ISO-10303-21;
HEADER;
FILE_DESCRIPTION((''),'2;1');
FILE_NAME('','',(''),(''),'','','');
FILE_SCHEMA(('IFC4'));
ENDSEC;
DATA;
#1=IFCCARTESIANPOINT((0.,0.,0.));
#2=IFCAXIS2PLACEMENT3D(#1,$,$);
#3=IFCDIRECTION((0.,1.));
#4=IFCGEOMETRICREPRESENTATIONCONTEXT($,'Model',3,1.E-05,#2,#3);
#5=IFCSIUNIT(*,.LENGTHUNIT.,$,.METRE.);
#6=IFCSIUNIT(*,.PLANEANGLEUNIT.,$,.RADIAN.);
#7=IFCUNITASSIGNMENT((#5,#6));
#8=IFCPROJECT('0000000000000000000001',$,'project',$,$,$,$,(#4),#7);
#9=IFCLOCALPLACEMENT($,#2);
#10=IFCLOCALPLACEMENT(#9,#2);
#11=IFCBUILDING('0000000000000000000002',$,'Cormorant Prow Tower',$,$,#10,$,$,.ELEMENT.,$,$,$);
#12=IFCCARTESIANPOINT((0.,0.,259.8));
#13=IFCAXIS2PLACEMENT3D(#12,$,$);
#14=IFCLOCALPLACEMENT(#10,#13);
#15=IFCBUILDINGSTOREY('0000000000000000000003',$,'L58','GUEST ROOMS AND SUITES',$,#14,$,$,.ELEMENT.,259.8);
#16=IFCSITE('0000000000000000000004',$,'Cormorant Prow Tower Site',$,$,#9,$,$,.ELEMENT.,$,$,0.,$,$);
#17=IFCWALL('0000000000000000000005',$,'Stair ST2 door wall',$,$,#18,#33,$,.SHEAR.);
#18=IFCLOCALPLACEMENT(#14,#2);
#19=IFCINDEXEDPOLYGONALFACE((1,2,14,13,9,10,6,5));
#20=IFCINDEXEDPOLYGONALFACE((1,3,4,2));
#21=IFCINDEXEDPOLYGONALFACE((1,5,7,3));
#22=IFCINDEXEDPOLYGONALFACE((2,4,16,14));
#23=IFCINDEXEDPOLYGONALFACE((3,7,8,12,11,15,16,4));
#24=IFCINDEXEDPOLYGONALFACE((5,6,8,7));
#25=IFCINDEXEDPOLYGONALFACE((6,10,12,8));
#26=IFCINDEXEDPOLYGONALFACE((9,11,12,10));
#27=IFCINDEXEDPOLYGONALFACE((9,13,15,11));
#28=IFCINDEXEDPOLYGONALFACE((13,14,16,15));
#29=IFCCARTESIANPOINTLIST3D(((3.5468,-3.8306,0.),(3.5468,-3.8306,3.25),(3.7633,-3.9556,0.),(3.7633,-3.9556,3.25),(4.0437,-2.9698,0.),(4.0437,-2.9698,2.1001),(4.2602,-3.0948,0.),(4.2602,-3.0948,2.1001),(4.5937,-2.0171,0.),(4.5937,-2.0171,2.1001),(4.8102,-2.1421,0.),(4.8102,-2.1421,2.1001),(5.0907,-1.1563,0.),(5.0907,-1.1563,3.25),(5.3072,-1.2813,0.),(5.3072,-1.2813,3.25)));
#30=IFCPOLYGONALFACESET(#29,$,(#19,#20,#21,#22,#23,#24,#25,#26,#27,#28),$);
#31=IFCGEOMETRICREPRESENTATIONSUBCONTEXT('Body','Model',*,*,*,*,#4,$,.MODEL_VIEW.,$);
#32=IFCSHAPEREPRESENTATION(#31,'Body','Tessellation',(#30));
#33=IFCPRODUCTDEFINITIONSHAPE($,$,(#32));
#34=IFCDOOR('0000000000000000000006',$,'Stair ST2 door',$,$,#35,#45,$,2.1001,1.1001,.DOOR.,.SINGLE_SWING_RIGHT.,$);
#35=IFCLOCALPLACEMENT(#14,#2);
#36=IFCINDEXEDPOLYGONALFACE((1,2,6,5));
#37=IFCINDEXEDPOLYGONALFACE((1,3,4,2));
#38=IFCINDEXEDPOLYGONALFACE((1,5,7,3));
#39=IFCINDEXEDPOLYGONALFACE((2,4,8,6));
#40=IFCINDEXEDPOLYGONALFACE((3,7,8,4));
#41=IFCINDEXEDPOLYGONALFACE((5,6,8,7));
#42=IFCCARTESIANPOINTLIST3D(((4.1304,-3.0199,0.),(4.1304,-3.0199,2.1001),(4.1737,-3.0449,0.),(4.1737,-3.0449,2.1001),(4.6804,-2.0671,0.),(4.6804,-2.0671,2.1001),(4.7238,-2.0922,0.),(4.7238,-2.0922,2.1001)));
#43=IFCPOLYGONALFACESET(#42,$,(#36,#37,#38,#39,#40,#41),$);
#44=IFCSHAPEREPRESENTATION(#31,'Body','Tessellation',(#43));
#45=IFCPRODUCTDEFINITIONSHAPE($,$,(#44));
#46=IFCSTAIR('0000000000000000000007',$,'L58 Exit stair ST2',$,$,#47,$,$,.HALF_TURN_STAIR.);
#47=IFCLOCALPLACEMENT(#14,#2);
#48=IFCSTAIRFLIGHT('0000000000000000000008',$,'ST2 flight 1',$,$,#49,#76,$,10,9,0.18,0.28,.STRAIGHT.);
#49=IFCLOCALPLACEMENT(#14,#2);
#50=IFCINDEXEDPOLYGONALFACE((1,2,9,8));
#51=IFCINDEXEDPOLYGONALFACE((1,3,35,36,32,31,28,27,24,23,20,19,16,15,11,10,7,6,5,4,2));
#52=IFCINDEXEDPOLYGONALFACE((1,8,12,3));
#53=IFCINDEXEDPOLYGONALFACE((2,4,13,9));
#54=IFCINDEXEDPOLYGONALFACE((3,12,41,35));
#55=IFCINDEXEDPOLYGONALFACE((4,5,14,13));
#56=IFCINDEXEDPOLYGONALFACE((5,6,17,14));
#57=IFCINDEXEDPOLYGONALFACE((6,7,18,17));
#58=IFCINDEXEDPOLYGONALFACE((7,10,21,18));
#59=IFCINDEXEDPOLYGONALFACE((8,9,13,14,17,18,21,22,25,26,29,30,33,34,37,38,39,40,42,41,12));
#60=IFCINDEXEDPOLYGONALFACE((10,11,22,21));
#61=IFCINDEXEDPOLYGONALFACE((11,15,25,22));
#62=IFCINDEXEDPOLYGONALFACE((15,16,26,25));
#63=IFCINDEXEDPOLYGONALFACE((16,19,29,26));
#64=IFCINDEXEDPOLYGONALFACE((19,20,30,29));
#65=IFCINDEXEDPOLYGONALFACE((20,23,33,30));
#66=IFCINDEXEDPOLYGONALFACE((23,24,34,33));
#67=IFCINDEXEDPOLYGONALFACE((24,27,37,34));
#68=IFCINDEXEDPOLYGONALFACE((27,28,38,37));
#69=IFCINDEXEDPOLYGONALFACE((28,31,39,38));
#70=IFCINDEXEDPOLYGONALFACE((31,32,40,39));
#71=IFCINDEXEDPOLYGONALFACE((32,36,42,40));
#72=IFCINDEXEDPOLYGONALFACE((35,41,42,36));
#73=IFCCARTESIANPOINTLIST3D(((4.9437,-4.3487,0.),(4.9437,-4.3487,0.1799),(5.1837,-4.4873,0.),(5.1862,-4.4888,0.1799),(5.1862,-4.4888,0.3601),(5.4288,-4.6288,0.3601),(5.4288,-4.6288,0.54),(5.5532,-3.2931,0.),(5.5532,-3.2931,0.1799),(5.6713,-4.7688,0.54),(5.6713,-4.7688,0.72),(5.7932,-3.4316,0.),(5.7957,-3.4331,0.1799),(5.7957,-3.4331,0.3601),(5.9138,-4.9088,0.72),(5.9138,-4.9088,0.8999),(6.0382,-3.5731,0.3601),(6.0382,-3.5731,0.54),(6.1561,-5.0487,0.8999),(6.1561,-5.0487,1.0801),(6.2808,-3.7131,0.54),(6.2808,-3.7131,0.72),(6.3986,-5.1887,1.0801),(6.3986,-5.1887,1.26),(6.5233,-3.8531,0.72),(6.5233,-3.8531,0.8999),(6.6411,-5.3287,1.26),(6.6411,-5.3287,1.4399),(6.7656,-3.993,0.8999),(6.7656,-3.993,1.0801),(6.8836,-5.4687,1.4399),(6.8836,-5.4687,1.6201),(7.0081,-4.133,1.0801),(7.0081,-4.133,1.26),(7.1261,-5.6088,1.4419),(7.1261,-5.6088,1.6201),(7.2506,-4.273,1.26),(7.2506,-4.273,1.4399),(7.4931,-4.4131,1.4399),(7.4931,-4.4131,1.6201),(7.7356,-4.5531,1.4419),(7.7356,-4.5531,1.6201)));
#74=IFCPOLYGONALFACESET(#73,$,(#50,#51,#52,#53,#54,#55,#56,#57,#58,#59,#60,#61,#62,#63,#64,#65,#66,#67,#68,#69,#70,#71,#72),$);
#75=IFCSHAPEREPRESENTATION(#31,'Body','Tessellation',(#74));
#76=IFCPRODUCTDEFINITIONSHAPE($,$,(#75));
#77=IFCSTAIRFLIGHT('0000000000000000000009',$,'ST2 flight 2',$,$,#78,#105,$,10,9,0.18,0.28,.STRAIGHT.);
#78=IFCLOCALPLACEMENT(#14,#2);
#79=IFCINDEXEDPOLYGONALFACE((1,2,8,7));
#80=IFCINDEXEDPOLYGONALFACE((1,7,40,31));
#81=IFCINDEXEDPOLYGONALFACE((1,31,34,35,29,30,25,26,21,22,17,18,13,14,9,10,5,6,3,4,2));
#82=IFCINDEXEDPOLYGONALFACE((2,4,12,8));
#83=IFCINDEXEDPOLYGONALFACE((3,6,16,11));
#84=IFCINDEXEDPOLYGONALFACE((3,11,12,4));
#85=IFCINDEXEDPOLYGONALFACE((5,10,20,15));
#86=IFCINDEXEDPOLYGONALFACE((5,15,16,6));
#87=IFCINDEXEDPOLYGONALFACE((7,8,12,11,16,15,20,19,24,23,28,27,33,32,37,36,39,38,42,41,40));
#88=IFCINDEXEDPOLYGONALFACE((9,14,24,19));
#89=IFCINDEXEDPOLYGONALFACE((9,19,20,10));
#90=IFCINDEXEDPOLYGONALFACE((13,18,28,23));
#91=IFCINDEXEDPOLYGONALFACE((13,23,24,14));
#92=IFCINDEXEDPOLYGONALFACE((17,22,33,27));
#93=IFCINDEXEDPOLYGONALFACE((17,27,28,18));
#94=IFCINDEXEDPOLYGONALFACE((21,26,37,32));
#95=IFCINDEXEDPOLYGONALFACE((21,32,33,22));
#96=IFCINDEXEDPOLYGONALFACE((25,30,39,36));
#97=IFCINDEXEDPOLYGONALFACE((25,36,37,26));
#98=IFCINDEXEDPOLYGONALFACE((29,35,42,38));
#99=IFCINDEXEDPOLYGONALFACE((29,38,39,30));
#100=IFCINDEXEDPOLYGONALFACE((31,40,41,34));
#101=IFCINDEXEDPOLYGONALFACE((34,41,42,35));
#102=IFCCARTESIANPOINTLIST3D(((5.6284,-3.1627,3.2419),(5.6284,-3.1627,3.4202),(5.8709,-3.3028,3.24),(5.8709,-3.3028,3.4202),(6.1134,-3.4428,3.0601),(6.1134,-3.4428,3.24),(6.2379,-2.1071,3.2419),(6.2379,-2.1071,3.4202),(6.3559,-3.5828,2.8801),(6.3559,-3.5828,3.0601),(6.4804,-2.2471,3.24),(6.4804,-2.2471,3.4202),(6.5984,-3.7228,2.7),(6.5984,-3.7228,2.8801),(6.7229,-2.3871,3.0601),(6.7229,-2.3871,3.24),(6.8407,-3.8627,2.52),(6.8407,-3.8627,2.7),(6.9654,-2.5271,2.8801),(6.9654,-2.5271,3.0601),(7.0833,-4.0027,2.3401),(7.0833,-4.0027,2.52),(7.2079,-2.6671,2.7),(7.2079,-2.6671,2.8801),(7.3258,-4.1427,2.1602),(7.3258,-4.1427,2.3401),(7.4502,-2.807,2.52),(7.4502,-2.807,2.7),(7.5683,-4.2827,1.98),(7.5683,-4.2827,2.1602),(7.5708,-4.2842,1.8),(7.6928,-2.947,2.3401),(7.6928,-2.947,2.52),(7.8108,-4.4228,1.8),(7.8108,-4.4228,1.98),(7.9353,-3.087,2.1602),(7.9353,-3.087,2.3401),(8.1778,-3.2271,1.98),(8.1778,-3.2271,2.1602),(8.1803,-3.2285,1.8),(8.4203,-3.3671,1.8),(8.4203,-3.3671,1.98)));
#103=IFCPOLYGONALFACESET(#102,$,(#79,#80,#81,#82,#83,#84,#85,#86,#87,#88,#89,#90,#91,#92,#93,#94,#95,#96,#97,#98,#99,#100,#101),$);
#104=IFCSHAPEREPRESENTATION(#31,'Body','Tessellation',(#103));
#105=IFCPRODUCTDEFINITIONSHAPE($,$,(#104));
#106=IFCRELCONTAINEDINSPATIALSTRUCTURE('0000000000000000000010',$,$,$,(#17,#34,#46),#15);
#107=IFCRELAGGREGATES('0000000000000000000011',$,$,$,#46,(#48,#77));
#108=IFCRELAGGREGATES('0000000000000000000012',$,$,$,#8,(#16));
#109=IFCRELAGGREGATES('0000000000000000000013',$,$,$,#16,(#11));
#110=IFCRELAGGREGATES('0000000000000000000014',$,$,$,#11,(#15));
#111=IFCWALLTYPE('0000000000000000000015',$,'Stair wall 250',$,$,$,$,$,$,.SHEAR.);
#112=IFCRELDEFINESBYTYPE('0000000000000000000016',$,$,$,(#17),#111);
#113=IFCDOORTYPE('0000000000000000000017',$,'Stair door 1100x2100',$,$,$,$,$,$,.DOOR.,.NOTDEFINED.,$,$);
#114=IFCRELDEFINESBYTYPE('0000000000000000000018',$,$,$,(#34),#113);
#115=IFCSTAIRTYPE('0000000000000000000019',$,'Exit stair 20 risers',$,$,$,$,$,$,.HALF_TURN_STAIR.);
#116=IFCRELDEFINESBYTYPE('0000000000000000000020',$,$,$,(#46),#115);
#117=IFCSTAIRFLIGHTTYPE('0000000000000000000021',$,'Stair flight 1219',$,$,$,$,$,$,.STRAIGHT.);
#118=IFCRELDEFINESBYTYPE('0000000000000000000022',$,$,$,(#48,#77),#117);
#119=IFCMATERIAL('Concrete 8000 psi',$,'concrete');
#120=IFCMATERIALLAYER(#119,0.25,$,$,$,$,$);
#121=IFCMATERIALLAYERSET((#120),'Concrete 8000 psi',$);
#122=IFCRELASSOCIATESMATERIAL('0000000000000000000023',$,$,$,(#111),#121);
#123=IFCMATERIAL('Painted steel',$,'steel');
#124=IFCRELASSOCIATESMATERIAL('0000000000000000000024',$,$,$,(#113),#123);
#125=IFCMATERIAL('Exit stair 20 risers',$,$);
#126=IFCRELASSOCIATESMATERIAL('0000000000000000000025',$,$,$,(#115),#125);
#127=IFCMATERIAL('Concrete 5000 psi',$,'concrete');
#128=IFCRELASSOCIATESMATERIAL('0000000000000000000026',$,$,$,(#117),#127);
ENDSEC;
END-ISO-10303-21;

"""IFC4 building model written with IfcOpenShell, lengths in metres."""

from ifc_helpers import new_model, si_unit, direction, frame, frame_2d, origin, place, context, subcontext, project, spatial, polyline, rectangle, outline, extrude, material, layer, layer_set, type_object, element, fill, aggregate, save


model = new_model("IFC4")

# Units and contexts
model_context = context("Model", 3, precision=1e-05, world=origin(), true_north=direction((0.0, 1.0)))
body_context = subcontext(model_context, "Body", "Model", "MODEL_VIEW")
ifc_project = project(units=[si_unit("LENGTHUNIT", "METRE"), si_unit("PLANEANGLEUNIT", "RADIAN")], contexts=[model_context])

# Site, building, storey
site_placement = place(None, origin())
site = spatial("IfcSite", under=ifc_project, at=site_placement, Name="Cormorant Prow Tower Site", CompositionType="ELEMENT", RefElevation=0.0)
building_placement = place(site_placement, origin())
building = spatial("IfcBuilding", under=site, at=building_placement, Name="Cormorant Prow Tower", CompositionType="ELEMENT")
storey_placement = place(building_placement, frame((0.0, 0.0, 259.8)))
storey = spatial("IfcBuildingStorey", under=building, at=storey_placement, Name="L58", Description="GUEST ROOMS AND SUITES", CompositionType="ELEMENT", Elevation=259.8)

# Wall, opening, door
ifc_material_1 = material(Name="Concrete 8000 psi", Category="concrete")
ifc_layer_1 = layer(ifc_material_1, 0.25)
ifc_layer_set_1 = layer_set([ifc_layer_1], Name="Concrete 8000 psi")
wall_type_1 = type_object("IfcWallType", Name="Stair wall 250", PredefinedType="SHEAR", material=ifc_layer_set_1)
wall_1_placement = place(storey_placement, frame((3.655, -3.8931, 0.0), z_axis=(0.0, 0.0, 1.0), x_axis=(0.499983, 0.866035, 0.0)))
wall_1 = element("IfcWall", 1, at=wall_1_placement, inside=storey, type_object=wall_type_1, Name="Stair ST2 door wall", PredefinedType="SHEAR", context=body_context, shape_type="SweptSolid", body=[
    extrude(rectangle(XDim=3.0879, YDim=0.25, at=frame_2d((1.5439, 0.0))), origin(), (0.0, 0.0, 1.0), 3.25),
])
opening_1_placement = place(wall_1_placement, frame((0.9939, 0.0, 0.0)))
opening_1 = element("IfcOpeningElement", 2, at=opening_1_placement, cuts=wall_1, PredefinedType="OPENING", context=body_context, shape_type="SweptSolid", body=[
    extrude(rectangle(XDim=1.1001, YDim=2.1001, at=frame_2d((0.55, 1.05))), frame((0.0, 0.135, 0.0), z_axis=(0.0, -1.0, 0.0), x_axis=(1.0, 0.0, 0.0)), (0.0, 0.0, 1.0), 0.27),
])
ifc_material_2 = material(Name="Painted steel", Category="steel")
door_type_1 = type_object("IfcDoorType", Name="Stair door 1100x2100", OperationType="NOTDEFINED", PredefinedType="DOOR", material=ifc_material_2)
door_1_placement = place(opening_1_placement, origin())
door_1 = element("IfcDoor", 3, at=door_1_placement, inside=storey, type_object=door_type_1, Name="Stair ST2 door", OperationType="SINGLE_SWING_RIGHT", OverallHeight=2.1001, OverallWidth=1.1001, PredefinedType="DOOR", context=body_context, shape_type="SweptSolid", body=[
    extrude(rectangle(XDim=1.1001, YDim=2.1001, at=frame_2d((0.55, 1.05))), frame((0.0, 0.0249, 0.0), z_axis=(0.0, -1.0, 0.0), x_axis=(1.0, 0.0, 0.0)), (0.0, 0.0, 1.0), 0.05),
])
fill(opening_1, door_1)

# Stair, stair flights
ifc_material_3 = material(Name="Exit stair 20 risers")
stair_type = type_object("IfcStairType", Name="Exit stair 20 risers", PredefinedType="HALF_TURN_STAIR", material=ifc_material_3)
stair_placement = place(storey_placement, origin())
stair = element("IfcStair", 4, at=stair_placement, inside=storey, type_object=stair_type, Name="L58 Exit stair ST2", PredefinedType="HALF_TURN_STAIR")
ifc_material_4 = material(Name="Concrete 5000 psi", Category="concrete")
stair_flight_type = type_object("IfcStairFlightType", Name="Stair flight 1219", PredefinedType="STRAIGHT", material=ifc_material_4)
stair_flight_1_placement = place(storey_placement, frame((5.2485, -3.8208, 0.0), z_axis=(0.0, 0.0, 1.0), x_axis=(0.866025, -0.5, 0.0)))
stair_flight_1 = element("IfcStairFlight", 5, at=stair_flight_1_placement, type_object=stair_flight_type, Name="ST2 flight 1", NumberOfRisers=10, NumberOfTreads=9, PredefinedType="STRAIGHT", RiserHeight=0.18, TreadLength=0.28, context=body_context, shape_type="SweptSolid", body=[
    extrude(outline(polyline([(0.0, 0.0), (0.0, 0.1799), (0.28, 0.1799), (0.28, 0.3601), (0.5601, 0.3601), (0.5601, 0.54), (0.8401, 0.54), (0.8401, 0.72), (1.1201, 0.72), (1.1201, 0.8999), (1.3999, 0.8999), (1.3999, 1.0801), (1.6799, 1.0801), (1.6799, 1.26), (1.96, 1.26), (1.96, 1.4399), (2.24, 1.4399), (2.24, 1.6201), (2.52, 1.6201), (2.52, 1.8), (2.52, 1.4419), (0.2771, 0.0), (0.0, 0.0)])), frame((0.0, 0.6094, 0.0), z_axis=(0.0, -1.0, 0.0), x_axis=(1.0, 0.0, 0.0)), (0.0, 0.0, 1.0), 1.219),
])
stair_flight_2_placement = place(storey_placement, frame((8.1155, -3.895, 1.8), z_axis=(0.0, 0.0, 1.0), x_axis=(-0.866025, 0.5, 0.0)))
stair_flight_2 = element("IfcStairFlight", 6, at=stair_flight_2_placement, type_object=stair_flight_type, Name="ST2 flight 2", NumberOfRisers=10, NumberOfTreads=9, PredefinedType="STRAIGHT", RiserHeight=0.18, TreadLength=0.28, context=body_context, shape_type="SweptSolid", body=[
    extrude(outline(polyline([(0.0, 0.0), (0.0, 0.1799), (0.28, 0.1799), (0.28, 0.3601), (0.5601, 0.3601), (0.5601, 0.54), (0.8401, 0.54), (0.8401, 0.72), (1.1201, 0.72), (1.1201, 0.8999), (1.3999, 0.8999), (1.3999, 1.0801), (1.6799, 1.0801), (1.6799, 1.26), (1.96, 1.26), (1.96, 1.4399), (2.24, 1.4399), (2.24, 1.6201), (2.52, 1.6201), (2.52, 1.8), (2.52, 1.4419), (0.2771, 0.0), (0.0, 0.0)])), frame((0.0, 0.6094, 0.0), z_axis=(0.0, -1.0, 0.0), x_axis=(1.0, 0.0, 0.0)), (0.0, 0.0, 1.0), 1.219),
])
aggregate(stair, [stair_flight_1, stair_flight_2])

save(model, "model.ifc")
